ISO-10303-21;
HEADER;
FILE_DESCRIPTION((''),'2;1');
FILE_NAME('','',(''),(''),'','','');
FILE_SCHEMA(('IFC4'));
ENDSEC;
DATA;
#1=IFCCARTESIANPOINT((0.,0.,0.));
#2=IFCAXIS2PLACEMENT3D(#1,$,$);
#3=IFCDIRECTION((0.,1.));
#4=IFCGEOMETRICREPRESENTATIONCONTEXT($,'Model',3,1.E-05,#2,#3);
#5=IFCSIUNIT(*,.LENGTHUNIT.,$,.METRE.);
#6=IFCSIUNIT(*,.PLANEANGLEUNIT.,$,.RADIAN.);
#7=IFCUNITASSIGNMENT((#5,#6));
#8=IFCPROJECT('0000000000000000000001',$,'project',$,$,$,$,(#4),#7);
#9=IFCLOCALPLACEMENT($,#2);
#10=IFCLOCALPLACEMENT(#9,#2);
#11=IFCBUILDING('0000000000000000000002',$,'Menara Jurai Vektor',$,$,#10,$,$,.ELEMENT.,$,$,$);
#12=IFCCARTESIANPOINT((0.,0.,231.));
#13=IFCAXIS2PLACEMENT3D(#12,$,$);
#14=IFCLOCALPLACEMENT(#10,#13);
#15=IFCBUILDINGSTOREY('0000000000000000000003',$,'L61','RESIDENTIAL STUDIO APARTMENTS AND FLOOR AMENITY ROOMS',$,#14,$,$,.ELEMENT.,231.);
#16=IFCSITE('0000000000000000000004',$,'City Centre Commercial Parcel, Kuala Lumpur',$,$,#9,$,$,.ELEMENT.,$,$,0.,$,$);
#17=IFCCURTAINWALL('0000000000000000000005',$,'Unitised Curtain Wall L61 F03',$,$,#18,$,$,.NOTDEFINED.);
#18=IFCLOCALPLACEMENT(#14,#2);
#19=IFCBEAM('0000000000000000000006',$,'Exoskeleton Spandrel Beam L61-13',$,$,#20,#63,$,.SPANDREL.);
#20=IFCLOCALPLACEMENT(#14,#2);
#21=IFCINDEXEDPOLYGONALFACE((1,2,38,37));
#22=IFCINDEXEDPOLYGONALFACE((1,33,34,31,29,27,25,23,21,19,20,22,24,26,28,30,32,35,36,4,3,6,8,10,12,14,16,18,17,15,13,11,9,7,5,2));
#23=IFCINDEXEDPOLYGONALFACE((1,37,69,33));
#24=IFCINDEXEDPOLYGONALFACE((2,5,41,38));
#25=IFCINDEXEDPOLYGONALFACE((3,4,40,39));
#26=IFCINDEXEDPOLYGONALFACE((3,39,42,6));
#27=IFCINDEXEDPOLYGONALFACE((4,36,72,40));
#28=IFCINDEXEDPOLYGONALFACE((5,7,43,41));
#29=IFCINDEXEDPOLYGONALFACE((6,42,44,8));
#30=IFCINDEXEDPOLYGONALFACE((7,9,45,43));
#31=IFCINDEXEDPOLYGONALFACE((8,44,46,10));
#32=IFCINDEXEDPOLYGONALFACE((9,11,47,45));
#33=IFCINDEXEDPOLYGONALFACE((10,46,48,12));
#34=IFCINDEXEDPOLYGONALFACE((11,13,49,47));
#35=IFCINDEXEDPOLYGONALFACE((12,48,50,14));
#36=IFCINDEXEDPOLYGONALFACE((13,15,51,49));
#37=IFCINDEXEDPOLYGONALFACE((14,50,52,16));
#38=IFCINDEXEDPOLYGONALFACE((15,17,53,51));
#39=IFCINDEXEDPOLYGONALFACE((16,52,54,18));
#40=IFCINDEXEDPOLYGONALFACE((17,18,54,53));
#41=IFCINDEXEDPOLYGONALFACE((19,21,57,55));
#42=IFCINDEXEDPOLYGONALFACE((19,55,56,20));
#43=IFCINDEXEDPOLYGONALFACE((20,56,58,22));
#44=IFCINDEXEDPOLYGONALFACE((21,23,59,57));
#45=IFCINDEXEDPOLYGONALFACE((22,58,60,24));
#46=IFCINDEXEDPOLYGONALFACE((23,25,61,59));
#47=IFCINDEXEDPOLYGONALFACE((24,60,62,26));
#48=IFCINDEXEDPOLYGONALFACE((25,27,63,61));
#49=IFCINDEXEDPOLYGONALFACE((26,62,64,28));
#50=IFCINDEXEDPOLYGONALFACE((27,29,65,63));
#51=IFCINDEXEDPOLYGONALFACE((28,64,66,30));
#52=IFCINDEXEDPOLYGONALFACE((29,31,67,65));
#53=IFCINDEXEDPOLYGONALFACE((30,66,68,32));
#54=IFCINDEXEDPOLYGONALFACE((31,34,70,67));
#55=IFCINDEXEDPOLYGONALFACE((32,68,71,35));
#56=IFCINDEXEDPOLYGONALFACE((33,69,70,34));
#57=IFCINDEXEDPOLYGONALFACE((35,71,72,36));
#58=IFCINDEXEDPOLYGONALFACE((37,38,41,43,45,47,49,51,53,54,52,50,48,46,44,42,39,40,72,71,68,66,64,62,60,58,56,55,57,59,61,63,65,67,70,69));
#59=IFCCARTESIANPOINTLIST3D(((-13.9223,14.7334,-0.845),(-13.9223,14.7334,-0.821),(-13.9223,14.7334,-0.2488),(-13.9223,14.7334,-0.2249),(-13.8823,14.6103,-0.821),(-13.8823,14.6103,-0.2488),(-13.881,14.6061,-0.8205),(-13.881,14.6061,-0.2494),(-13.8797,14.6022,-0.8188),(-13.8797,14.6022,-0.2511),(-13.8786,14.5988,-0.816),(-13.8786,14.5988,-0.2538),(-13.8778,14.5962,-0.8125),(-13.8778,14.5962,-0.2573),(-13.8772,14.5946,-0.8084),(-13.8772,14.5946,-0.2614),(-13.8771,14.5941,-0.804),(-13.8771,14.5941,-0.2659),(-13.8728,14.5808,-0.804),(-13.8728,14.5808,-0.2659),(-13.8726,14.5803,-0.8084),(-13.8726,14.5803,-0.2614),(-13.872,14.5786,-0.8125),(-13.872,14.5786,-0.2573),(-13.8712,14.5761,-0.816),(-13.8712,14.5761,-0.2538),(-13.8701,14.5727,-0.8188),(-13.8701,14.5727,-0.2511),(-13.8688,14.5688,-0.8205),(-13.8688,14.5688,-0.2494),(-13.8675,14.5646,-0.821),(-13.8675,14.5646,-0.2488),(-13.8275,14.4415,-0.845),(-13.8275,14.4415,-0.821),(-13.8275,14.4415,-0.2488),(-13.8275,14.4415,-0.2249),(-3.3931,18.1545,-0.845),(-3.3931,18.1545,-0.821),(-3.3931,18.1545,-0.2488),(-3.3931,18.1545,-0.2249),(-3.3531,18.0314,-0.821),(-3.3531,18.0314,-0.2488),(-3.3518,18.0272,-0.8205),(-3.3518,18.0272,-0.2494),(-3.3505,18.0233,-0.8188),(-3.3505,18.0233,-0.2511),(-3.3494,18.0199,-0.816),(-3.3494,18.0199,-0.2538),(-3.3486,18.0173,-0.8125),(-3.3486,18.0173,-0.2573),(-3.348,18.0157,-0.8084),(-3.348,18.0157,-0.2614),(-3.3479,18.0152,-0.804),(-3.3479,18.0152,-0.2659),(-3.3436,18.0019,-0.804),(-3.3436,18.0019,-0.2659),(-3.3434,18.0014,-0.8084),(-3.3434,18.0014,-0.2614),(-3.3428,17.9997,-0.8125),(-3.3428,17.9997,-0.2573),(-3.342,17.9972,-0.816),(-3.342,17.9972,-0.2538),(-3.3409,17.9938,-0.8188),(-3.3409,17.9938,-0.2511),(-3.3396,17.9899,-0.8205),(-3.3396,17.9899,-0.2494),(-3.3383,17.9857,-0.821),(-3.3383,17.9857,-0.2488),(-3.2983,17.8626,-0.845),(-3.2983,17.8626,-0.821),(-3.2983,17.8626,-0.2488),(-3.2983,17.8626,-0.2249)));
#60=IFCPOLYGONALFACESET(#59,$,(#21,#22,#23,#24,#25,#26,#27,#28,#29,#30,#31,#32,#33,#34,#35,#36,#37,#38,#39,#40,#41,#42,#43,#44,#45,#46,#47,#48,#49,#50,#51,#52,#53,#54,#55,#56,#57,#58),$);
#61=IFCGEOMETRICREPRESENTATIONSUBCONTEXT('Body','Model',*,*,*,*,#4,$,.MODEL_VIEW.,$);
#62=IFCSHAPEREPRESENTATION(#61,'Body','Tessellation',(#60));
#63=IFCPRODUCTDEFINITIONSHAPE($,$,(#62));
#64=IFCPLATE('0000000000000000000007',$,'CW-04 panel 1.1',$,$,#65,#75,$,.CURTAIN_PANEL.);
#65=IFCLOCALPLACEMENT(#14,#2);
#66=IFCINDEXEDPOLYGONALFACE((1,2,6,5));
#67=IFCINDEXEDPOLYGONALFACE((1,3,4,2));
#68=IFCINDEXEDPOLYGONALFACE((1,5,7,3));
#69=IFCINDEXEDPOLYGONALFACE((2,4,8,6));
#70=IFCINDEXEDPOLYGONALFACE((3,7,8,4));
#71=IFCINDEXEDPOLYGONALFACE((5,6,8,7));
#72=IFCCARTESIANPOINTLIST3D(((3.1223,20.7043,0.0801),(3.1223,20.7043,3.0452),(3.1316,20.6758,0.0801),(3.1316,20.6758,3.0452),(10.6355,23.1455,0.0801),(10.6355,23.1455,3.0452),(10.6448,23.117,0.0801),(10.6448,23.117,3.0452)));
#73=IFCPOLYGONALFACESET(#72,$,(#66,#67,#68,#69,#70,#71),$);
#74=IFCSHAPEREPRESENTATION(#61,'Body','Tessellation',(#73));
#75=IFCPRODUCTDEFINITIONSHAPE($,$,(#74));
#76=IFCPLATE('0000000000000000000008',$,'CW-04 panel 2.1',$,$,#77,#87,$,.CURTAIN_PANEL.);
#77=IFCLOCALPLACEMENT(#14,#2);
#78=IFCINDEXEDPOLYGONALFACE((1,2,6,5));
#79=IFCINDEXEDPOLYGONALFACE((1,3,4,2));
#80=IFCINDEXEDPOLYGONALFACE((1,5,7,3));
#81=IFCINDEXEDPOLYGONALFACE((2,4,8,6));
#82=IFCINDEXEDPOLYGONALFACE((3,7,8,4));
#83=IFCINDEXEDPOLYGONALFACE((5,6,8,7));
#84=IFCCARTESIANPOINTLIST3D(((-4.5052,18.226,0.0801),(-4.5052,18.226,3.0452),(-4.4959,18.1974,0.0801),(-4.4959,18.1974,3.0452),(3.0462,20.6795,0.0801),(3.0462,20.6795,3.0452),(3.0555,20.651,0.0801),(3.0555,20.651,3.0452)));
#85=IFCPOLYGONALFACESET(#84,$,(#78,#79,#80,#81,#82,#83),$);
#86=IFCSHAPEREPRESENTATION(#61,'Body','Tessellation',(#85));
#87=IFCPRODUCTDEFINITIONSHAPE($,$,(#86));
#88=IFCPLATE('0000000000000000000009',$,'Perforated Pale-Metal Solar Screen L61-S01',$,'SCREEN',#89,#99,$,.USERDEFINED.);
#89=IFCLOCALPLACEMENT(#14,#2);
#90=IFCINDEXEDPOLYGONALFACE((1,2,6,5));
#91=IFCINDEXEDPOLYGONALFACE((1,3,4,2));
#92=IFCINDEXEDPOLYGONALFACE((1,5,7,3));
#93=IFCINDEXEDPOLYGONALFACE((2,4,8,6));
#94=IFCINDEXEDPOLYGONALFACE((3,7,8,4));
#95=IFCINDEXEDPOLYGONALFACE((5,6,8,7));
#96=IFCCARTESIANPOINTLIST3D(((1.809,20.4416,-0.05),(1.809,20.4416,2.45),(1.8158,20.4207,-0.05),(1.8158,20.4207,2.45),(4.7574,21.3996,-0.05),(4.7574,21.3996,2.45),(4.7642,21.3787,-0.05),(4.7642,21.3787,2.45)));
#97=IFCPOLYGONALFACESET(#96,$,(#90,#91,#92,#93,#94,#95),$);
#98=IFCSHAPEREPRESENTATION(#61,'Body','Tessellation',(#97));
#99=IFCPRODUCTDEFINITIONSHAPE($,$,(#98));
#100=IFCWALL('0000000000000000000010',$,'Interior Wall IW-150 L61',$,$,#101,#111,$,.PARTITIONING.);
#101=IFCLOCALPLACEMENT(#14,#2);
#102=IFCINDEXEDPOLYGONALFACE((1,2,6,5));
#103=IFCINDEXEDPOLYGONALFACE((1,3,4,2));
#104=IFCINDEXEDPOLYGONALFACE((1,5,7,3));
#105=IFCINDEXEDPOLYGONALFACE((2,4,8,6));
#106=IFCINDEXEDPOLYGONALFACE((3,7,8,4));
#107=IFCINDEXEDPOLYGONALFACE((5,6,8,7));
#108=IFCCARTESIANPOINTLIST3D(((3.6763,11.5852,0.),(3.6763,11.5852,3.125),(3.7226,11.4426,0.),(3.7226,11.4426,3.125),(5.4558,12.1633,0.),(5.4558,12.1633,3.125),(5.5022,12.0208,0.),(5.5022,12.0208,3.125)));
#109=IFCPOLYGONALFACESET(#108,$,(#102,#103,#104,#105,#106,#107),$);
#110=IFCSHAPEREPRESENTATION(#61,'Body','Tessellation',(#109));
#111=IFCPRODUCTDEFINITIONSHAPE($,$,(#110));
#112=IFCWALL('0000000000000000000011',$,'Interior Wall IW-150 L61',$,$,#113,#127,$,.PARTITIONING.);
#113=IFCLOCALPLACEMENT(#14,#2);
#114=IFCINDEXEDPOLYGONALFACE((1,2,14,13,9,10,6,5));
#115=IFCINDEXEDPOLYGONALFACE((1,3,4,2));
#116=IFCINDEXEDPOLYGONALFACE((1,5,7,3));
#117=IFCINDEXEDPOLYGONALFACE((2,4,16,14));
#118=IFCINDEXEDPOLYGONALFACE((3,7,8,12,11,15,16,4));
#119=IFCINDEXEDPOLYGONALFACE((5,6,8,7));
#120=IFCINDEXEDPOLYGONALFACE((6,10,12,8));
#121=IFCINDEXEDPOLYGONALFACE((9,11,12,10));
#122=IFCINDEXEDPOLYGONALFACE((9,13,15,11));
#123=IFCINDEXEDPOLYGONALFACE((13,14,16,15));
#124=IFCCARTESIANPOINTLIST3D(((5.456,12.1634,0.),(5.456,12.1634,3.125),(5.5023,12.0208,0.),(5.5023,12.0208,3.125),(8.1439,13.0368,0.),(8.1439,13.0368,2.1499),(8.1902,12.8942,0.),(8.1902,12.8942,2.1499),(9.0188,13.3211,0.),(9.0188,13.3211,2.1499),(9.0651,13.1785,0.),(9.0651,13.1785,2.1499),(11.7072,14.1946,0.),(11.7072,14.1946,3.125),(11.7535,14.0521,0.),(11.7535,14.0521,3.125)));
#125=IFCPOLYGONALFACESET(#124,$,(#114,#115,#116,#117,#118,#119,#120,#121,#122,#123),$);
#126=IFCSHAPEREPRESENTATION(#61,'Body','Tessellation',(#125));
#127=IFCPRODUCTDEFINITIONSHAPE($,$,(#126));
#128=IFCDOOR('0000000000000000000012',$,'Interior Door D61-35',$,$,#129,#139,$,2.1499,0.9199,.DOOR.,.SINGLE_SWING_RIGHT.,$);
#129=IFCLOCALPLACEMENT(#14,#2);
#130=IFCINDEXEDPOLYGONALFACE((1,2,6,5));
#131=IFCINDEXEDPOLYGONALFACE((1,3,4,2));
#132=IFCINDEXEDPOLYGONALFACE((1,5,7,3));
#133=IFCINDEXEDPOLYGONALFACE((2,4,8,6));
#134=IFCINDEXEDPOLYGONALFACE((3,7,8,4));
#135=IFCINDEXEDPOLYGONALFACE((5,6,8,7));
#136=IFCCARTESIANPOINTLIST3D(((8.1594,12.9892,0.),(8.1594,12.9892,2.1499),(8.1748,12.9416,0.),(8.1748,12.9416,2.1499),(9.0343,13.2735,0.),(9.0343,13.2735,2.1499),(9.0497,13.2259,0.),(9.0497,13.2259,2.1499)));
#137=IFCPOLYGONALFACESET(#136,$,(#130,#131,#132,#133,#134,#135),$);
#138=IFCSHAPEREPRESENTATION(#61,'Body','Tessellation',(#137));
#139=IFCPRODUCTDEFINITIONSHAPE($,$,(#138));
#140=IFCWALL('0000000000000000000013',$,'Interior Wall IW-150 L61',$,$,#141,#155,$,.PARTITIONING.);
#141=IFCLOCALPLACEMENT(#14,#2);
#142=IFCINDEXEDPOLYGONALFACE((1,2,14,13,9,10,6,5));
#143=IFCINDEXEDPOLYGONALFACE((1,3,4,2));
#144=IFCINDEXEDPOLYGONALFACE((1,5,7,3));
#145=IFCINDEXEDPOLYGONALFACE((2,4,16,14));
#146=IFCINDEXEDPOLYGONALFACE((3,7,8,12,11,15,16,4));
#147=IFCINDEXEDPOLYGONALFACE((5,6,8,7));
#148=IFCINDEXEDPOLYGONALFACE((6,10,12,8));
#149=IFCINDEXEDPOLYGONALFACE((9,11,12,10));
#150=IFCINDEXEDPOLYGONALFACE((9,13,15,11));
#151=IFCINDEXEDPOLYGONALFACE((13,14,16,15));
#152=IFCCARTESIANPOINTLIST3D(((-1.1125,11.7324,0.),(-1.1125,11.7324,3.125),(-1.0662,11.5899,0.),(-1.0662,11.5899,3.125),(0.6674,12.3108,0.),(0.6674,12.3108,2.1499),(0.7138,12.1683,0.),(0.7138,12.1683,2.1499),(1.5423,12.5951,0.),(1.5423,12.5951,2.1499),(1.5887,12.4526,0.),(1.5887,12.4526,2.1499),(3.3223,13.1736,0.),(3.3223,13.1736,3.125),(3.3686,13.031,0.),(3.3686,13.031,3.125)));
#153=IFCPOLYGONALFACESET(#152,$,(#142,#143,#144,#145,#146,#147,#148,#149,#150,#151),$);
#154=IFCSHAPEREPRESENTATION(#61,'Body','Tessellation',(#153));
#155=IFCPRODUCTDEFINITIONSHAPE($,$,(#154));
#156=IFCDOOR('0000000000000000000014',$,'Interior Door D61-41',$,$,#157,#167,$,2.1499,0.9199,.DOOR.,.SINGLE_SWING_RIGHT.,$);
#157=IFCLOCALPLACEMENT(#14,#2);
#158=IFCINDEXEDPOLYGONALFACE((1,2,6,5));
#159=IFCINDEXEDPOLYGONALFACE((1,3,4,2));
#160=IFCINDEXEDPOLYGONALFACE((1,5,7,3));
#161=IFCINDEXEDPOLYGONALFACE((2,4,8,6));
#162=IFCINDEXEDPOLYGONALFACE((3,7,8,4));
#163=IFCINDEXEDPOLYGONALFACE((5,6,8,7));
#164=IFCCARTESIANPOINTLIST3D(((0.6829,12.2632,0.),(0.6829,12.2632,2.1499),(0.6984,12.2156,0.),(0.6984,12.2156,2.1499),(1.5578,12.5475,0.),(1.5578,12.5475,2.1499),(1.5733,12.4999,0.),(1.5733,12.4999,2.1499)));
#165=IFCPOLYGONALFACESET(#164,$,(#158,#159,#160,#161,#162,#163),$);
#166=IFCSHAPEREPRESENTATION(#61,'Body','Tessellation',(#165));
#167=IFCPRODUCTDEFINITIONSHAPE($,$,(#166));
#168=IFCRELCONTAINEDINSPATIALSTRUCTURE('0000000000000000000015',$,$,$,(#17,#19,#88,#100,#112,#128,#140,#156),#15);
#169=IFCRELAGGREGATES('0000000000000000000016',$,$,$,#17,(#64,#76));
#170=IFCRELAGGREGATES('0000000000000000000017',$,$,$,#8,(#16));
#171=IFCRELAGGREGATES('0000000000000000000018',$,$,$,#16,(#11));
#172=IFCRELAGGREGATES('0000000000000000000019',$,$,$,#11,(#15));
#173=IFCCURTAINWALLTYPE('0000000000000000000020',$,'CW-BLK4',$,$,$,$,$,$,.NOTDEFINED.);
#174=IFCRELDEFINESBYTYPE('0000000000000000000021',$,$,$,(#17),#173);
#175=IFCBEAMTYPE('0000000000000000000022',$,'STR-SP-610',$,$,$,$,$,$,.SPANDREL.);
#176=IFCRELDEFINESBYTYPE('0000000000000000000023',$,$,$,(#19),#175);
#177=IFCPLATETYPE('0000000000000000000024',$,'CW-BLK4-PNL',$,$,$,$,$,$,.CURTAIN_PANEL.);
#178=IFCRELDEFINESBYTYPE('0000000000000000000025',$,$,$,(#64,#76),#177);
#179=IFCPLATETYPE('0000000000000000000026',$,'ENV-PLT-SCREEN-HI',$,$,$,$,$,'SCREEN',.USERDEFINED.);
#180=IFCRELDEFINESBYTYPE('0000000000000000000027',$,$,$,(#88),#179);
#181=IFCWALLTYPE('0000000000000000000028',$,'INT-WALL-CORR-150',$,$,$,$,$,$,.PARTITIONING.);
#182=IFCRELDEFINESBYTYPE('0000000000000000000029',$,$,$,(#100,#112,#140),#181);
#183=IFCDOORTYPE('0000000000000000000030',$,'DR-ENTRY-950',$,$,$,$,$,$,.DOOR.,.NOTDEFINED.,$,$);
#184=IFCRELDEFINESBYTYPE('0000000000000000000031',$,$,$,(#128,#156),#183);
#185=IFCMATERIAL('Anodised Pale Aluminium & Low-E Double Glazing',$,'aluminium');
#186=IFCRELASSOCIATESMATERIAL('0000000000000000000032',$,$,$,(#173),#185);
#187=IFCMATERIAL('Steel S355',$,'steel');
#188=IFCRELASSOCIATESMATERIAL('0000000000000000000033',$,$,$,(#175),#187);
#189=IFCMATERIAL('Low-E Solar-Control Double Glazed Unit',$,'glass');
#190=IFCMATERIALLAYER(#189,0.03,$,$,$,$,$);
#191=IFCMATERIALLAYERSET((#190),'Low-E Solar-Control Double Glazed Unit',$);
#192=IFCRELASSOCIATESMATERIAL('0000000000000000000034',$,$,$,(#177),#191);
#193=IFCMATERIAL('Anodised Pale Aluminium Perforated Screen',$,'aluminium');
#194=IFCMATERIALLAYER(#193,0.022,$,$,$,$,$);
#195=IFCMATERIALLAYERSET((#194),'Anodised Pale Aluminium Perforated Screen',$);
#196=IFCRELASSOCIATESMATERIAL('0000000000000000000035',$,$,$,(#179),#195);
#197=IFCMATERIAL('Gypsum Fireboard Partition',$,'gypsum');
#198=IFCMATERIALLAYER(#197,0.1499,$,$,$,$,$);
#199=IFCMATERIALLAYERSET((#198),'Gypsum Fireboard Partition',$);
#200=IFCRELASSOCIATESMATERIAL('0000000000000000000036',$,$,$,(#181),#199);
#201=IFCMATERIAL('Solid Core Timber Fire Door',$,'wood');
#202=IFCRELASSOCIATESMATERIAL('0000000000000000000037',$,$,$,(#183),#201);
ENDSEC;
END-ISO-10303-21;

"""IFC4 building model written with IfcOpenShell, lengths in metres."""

from ifc_helpers import new_model, si_unit, direction, frame, frame_2d, origin, origin_2d, place, context, subcontext, project, spatial, rectangle, i_section, extrude, material, layer, layer_set, material_profile, profile_set, type_object, element, fill, aggregate, save


model = new_model("IFC4")

# Units and contexts
model_context = context("Model", 3, precision=1e-05, world=origin(), true_north=direction((0.0, 1.0)))
body_context = subcontext(model_context, "Body", "Model", "MODEL_VIEW")
ifc_project = project(units=[si_unit("LENGTHUNIT", "METRE"), si_unit("PLANEANGLEUNIT", "RADIAN")], contexts=[model_context])

# Site, building, storey
site_placement = place(None, origin())
site = spatial("IfcSite", under=ifc_project, at=site_placement, Name="City Centre Commercial Parcel, Kuala Lumpur", CompositionType="ELEMENT", RefElevation=0.0)
building_placement = place(site_placement, origin())
building = spatial("IfcBuilding", under=site, at=building_placement, Name="Menara Jurai Vektor", CompositionType="ELEMENT")
storey_placement = place(building_placement, frame((0.0, 0.0, 231.0)))
storey = spatial("IfcBuildingStorey", under=building, at=storey_placement, Name="L61", Description="RESIDENTIAL STUDIO APARTMENTS AND FLOOR AMENITY ROOMS", CompositionType="ELEMENT", Elevation=231.0)

# Curtain wall
ifc_material_1 = material(Name="Anodised Pale Aluminium & Low-E Double Glazing", Category="aluminium")
curtain_wall_type = type_object("IfcCurtainWallType", Name="CW-BLK4", PredefinedType="NOTDEFINED", material=ifc_material_1)
curtain_wall_placement = place(storey_placement, origin())
curtain_wall = element("IfcCurtainWall", 1, at=curtain_wall_placement, inside=storey, type_object=curtain_wall_type, Name="Unitised Curtain Wall L61 F03", PredefinedType="NOTDEFINED")

# Beam
ifc_material_2 = material(Name="Steel S355", Category="steel")
ifc_material_profile_1 = material_profile(ifc_material_2, i_section(OverallWidth=0.3069, OverallDepth=0.6201, WebThickness=0.0139, FlangeThickness=0.0239, FilletRadius=0.0171, at=origin_2d()), Name="UKB 610x305x179")
ifc_profile_set_1 = profile_set([ifc_material_profile_1], Name="Steel S355")
beam_type_1 = type_object("IfcBeamType", Name="STR-SP-610", PredefinedType="SPANDREL", material=ifc_profile_set_1)
for number, where, z_axis, x_axis, name in (
    (2, (-3.3457, 18.0085, -0.5349), (-0.951057, -0.309014, 0.0), (0.309014, -0.951057, 0.0), "Exoskeleton Spandrel Beam L61-13"),
):
    element("IfcBeam", number, at=place(storey_placement, frame(where, z_axis=z_axis, x_axis=x_axis)), inside=storey, type_object=beam_type_1, Name=name, PredefinedType="SPANDREL", context=body_context, shape_type="SweptSolid", body=[
        extrude(i_section(OverallWidth=0.3069, OverallDepth=0.6201, WebThickness=0.0139, FlangeThickness=0.0239, FilletRadius=0.0171, at=origin_2d()), origin(), (0.0, 0.0, 1.0), 11.071),
    ])

# Plates
ifc_material_3 = material(Name="Low-E Solar-Control Double Glazed Unit", Category="glass")
ifc_layer_1 = layer(ifc_material_3, 0.03)
ifc_layer_set_1 = layer_set([ifc_layer_1], Name="Low-E Solar-Control Double Glazed Unit")
plate_type_1 = type_object("IfcPlateType", Name="CW-BLK4-PNL", PredefinedType="CURTAIN_PANEL", material=ifc_layer_set_1)
plate_1_placement = place(storey_placement, frame((6.8835, 21.9106, 0.0801), z_axis=(0.0, 0.0, 1.0), x_axis=(-0.951056, -0.309017, 0.0)))
plate_1 = element("IfcPlate", 3, at=plate_1_placement, type_object=plate_type_1, Name="CW-04 panel 1.1", PredefinedType="CURTAIN_PANEL", context=body_context, shape_type="SweptSolid", body=[
    extrude(rectangle(XDim=7.8999, YDim=0.03, at=origin_2d()), origin(), (0.0, 0.0, 1.0), 2.9651),
])
plate_2_placement = place(storey_placement, frame((-0.7249, 19.4385, 0.0801), z_axis=(0.0, 0.0, 1.0), x_axis=(-0.951056, -0.309017, 0.0)))
plate_2 = element("IfcPlate", 4, at=plate_2_placement, type_object=plate_type_1, Name="CW-04 panel 2.1", PredefinedType="CURTAIN_PANEL", context=body_context, shape_type="SweptSolid", body=[
    extrude(rectangle(XDim=7.9399, YDim=0.03, at=origin_2d()), origin(), (0.0, 0.0, 1.0), 2.9651),
])
aggregate(curtain_wall, [plate_1, plate_2])
ifc_material_4 = material(Name="Anodised Pale Aluminium Perforated Screen", Category="aluminium")
ifc_layer_2 = layer(ifc_material_4, 0.022)
ifc_layer_set_2 = layer_set([ifc_layer_2], Name="Anodised Pale Aluminium Perforated Screen")
plate_type_2 = type_object("IfcPlateType", Name="ENV-PLT-SCREEN-HI", ElementType="SCREEN", PredefinedType="USERDEFINED", material=ifc_layer_set_2)
plate_3_placement = place(storey_placement, frame((3.2866, 20.9102, -0.05), z_axis=(0.0, 0.0, 1.0), x_axis=(-0.951057, -0.309017, 0.0)))
element("IfcPlate", 5, at=plate_3_placement, inside=storey, type_object=plate_type_2, Name="Perforated Pale-Metal Solar Screen L61-S01", ObjectType="SCREEN", PredefinedType="USERDEFINED", context=body_context, shape_type="SweptSolid", body=[
    extrude(rectangle(XDim=3.1001, YDim=0.022, at=origin_2d()), origin(), (0.0, 0.0, 1.0), 2.5),
])

# Wall
ifc_material_5 = material(Name="Gypsum Fireboard Partition", Category="gypsum")
ifc_layer_3 = layer(ifc_material_5, 0.1499)
ifc_layer_set_3 = layer_set([ifc_layer_3], Name="Gypsum Fireboard Partition")
wall_type = type_object("IfcWallType", Name="INT-WALL-CORR-150", PredefinedType="PARTITIONING", material=ifc_layer_set_3)
wall_1_placement = place(storey_placement, frame((3.6995, 11.5139, 0.0), z_axis=(0.0, 0.0, 1.0), x_axis=(0.95107, 0.308977, 0.0)))
element("IfcWall", 6, at=wall_1_placement, inside=storey, type_object=wall_type, Name="Interior Wall IW-150 L61", PredefinedType="PARTITIONING", context=body_context, shape_type="SweptSolid", body=[
    extrude(rectangle(XDim=1.8711, YDim=0.1499, at=frame_2d((0.9355, 0.0))), origin(), (0.0, 0.0, 1.0), 3.125),
])

# Walls, openings, doors
wall_2_placement = place(storey_placement, frame((5.479, 12.092, 0.0), z_axis=(0.0, 0.0, 1.0), x_axis=(0.951052, 0.309031, 0.0)))
wall_2 = element("IfcWall", 7, at=wall_2_placement, inside=storey, type_object=wall_type, Name="Interior Wall IW-150 L61", PredefinedType="PARTITIONING", context=body_context, shape_type="SweptSolid", body=[
    extrude(rectangle(XDim=6.573, YDim=0.1499, at=frame_2d((3.2866, 0.0))), origin(), (0.0, 0.0, 1.0), 3.125),
])
opening_1_placement = place(wall_2_placement, frame((2.8264, 0.0, 0.0)))
opening_1 = element("IfcOpeningElement", 8, at=opening_1_placement, cuts=wall_2, PredefinedType="OPENING", context=body_context, shape_type="SweptSolid", body=[
    extrude(rectangle(XDim=0.9199, YDim=2.1499, at=frame_2d((0.46, 1.075))), frame((0.0, 0.085, 0.0), z_axis=(0.0, -1.0, 0.0), x_axis=(1.0, 0.0, 0.0)), (0.0, 0.0, 1.0), 0.1699),
])
ifc_material_6 = material(Name="Solid Core Timber Fire Door", Category="wood")
door_type = type_object("IfcDoorType", Name="DR-ENTRY-950", OperationType="NOTDEFINED", PredefinedType="DOOR", material=ifc_material_6)
door_1_placement = place(opening_1_placement, origin())
door_1 = element("IfcDoor", 9, at=door_1_placement, inside=storey, type_object=door_type, Name="Interior Door D61-35", OperationType="SINGLE_SWING_RIGHT", OverallHeight=2.1499, OverallWidth=0.9199, PredefinedType="DOOR", context=body_context, shape_type="SweptSolid", body=[
    extrude(rectangle(XDim=0.9199, YDim=2.1499, at=frame_2d((0.46, 1.075))), frame((0.0, 0.0249, 0.0), z_axis=(0.0, -1.0, 0.0), x_axis=(1.0, 0.0, 0.0)), (0.0, 0.0, 1.0), 0.05),
])
fill(opening_1, door_1)
wall_3_placement = place(storey_placement, frame((-1.0894, 11.6611, 0.0), z_axis=(0.0, 0.0, 1.0), x_axis=(0.951044, 0.309056, 0.0)))
wall_3 = element("IfcWall", 10, at=wall_3_placement, inside=storey, type_object=wall_type, Name="Interior Wall IW-150 L61", PredefinedType="PARTITIONING", context=body_context, shape_type="SweptSolid", body=[
    extrude(rectangle(XDim=4.6631, YDim=0.1499, at=frame_2d((2.3315, 0.0))), origin(), (0.0, 0.0, 1.0), 3.125),
])
opening_2_placement = place(wall_3_placement, frame((1.8716, 0.0, 0.0)))
opening_2 = element("IfcOpeningElement", 11, at=opening_2_placement, cuts=wall_3, PredefinedType="OPENING", context=body_context, shape_type="SweptSolid", body=[
    extrude(rectangle(XDim=0.9199, YDim=2.1499, at=frame_2d((0.46, 1.075))), frame((0.0, 0.085, 0.0), z_axis=(0.0, -1.0, 0.0), x_axis=(1.0, 0.0, 0.0)), (0.0, 0.0, 1.0), 0.1699),
])
door_2_placement = place(opening_2_placement, origin())
door_2 = element("IfcDoor", 12, at=door_2_placement, inside=storey, type_object=door_type, Name="Interior Door D61-41", OperationType="SINGLE_SWING_RIGHT", OverallHeight=2.1499, OverallWidth=0.9199, PredefinedType="DOOR", context=body_context, shape_type="SweptSolid", body=[
    extrude(rectangle(XDim=0.9199, YDim=2.1499, at=frame_2d((0.46, 1.075))), frame((0.0, 0.0249, 0.0), z_axis=(0.0, -1.0, 0.0), x_axis=(1.0, 0.0, 0.0)), (0.0, 0.0, 1.0), 0.05),
])
fill(opening_2, door_2)

save(model, "model.ifc")
